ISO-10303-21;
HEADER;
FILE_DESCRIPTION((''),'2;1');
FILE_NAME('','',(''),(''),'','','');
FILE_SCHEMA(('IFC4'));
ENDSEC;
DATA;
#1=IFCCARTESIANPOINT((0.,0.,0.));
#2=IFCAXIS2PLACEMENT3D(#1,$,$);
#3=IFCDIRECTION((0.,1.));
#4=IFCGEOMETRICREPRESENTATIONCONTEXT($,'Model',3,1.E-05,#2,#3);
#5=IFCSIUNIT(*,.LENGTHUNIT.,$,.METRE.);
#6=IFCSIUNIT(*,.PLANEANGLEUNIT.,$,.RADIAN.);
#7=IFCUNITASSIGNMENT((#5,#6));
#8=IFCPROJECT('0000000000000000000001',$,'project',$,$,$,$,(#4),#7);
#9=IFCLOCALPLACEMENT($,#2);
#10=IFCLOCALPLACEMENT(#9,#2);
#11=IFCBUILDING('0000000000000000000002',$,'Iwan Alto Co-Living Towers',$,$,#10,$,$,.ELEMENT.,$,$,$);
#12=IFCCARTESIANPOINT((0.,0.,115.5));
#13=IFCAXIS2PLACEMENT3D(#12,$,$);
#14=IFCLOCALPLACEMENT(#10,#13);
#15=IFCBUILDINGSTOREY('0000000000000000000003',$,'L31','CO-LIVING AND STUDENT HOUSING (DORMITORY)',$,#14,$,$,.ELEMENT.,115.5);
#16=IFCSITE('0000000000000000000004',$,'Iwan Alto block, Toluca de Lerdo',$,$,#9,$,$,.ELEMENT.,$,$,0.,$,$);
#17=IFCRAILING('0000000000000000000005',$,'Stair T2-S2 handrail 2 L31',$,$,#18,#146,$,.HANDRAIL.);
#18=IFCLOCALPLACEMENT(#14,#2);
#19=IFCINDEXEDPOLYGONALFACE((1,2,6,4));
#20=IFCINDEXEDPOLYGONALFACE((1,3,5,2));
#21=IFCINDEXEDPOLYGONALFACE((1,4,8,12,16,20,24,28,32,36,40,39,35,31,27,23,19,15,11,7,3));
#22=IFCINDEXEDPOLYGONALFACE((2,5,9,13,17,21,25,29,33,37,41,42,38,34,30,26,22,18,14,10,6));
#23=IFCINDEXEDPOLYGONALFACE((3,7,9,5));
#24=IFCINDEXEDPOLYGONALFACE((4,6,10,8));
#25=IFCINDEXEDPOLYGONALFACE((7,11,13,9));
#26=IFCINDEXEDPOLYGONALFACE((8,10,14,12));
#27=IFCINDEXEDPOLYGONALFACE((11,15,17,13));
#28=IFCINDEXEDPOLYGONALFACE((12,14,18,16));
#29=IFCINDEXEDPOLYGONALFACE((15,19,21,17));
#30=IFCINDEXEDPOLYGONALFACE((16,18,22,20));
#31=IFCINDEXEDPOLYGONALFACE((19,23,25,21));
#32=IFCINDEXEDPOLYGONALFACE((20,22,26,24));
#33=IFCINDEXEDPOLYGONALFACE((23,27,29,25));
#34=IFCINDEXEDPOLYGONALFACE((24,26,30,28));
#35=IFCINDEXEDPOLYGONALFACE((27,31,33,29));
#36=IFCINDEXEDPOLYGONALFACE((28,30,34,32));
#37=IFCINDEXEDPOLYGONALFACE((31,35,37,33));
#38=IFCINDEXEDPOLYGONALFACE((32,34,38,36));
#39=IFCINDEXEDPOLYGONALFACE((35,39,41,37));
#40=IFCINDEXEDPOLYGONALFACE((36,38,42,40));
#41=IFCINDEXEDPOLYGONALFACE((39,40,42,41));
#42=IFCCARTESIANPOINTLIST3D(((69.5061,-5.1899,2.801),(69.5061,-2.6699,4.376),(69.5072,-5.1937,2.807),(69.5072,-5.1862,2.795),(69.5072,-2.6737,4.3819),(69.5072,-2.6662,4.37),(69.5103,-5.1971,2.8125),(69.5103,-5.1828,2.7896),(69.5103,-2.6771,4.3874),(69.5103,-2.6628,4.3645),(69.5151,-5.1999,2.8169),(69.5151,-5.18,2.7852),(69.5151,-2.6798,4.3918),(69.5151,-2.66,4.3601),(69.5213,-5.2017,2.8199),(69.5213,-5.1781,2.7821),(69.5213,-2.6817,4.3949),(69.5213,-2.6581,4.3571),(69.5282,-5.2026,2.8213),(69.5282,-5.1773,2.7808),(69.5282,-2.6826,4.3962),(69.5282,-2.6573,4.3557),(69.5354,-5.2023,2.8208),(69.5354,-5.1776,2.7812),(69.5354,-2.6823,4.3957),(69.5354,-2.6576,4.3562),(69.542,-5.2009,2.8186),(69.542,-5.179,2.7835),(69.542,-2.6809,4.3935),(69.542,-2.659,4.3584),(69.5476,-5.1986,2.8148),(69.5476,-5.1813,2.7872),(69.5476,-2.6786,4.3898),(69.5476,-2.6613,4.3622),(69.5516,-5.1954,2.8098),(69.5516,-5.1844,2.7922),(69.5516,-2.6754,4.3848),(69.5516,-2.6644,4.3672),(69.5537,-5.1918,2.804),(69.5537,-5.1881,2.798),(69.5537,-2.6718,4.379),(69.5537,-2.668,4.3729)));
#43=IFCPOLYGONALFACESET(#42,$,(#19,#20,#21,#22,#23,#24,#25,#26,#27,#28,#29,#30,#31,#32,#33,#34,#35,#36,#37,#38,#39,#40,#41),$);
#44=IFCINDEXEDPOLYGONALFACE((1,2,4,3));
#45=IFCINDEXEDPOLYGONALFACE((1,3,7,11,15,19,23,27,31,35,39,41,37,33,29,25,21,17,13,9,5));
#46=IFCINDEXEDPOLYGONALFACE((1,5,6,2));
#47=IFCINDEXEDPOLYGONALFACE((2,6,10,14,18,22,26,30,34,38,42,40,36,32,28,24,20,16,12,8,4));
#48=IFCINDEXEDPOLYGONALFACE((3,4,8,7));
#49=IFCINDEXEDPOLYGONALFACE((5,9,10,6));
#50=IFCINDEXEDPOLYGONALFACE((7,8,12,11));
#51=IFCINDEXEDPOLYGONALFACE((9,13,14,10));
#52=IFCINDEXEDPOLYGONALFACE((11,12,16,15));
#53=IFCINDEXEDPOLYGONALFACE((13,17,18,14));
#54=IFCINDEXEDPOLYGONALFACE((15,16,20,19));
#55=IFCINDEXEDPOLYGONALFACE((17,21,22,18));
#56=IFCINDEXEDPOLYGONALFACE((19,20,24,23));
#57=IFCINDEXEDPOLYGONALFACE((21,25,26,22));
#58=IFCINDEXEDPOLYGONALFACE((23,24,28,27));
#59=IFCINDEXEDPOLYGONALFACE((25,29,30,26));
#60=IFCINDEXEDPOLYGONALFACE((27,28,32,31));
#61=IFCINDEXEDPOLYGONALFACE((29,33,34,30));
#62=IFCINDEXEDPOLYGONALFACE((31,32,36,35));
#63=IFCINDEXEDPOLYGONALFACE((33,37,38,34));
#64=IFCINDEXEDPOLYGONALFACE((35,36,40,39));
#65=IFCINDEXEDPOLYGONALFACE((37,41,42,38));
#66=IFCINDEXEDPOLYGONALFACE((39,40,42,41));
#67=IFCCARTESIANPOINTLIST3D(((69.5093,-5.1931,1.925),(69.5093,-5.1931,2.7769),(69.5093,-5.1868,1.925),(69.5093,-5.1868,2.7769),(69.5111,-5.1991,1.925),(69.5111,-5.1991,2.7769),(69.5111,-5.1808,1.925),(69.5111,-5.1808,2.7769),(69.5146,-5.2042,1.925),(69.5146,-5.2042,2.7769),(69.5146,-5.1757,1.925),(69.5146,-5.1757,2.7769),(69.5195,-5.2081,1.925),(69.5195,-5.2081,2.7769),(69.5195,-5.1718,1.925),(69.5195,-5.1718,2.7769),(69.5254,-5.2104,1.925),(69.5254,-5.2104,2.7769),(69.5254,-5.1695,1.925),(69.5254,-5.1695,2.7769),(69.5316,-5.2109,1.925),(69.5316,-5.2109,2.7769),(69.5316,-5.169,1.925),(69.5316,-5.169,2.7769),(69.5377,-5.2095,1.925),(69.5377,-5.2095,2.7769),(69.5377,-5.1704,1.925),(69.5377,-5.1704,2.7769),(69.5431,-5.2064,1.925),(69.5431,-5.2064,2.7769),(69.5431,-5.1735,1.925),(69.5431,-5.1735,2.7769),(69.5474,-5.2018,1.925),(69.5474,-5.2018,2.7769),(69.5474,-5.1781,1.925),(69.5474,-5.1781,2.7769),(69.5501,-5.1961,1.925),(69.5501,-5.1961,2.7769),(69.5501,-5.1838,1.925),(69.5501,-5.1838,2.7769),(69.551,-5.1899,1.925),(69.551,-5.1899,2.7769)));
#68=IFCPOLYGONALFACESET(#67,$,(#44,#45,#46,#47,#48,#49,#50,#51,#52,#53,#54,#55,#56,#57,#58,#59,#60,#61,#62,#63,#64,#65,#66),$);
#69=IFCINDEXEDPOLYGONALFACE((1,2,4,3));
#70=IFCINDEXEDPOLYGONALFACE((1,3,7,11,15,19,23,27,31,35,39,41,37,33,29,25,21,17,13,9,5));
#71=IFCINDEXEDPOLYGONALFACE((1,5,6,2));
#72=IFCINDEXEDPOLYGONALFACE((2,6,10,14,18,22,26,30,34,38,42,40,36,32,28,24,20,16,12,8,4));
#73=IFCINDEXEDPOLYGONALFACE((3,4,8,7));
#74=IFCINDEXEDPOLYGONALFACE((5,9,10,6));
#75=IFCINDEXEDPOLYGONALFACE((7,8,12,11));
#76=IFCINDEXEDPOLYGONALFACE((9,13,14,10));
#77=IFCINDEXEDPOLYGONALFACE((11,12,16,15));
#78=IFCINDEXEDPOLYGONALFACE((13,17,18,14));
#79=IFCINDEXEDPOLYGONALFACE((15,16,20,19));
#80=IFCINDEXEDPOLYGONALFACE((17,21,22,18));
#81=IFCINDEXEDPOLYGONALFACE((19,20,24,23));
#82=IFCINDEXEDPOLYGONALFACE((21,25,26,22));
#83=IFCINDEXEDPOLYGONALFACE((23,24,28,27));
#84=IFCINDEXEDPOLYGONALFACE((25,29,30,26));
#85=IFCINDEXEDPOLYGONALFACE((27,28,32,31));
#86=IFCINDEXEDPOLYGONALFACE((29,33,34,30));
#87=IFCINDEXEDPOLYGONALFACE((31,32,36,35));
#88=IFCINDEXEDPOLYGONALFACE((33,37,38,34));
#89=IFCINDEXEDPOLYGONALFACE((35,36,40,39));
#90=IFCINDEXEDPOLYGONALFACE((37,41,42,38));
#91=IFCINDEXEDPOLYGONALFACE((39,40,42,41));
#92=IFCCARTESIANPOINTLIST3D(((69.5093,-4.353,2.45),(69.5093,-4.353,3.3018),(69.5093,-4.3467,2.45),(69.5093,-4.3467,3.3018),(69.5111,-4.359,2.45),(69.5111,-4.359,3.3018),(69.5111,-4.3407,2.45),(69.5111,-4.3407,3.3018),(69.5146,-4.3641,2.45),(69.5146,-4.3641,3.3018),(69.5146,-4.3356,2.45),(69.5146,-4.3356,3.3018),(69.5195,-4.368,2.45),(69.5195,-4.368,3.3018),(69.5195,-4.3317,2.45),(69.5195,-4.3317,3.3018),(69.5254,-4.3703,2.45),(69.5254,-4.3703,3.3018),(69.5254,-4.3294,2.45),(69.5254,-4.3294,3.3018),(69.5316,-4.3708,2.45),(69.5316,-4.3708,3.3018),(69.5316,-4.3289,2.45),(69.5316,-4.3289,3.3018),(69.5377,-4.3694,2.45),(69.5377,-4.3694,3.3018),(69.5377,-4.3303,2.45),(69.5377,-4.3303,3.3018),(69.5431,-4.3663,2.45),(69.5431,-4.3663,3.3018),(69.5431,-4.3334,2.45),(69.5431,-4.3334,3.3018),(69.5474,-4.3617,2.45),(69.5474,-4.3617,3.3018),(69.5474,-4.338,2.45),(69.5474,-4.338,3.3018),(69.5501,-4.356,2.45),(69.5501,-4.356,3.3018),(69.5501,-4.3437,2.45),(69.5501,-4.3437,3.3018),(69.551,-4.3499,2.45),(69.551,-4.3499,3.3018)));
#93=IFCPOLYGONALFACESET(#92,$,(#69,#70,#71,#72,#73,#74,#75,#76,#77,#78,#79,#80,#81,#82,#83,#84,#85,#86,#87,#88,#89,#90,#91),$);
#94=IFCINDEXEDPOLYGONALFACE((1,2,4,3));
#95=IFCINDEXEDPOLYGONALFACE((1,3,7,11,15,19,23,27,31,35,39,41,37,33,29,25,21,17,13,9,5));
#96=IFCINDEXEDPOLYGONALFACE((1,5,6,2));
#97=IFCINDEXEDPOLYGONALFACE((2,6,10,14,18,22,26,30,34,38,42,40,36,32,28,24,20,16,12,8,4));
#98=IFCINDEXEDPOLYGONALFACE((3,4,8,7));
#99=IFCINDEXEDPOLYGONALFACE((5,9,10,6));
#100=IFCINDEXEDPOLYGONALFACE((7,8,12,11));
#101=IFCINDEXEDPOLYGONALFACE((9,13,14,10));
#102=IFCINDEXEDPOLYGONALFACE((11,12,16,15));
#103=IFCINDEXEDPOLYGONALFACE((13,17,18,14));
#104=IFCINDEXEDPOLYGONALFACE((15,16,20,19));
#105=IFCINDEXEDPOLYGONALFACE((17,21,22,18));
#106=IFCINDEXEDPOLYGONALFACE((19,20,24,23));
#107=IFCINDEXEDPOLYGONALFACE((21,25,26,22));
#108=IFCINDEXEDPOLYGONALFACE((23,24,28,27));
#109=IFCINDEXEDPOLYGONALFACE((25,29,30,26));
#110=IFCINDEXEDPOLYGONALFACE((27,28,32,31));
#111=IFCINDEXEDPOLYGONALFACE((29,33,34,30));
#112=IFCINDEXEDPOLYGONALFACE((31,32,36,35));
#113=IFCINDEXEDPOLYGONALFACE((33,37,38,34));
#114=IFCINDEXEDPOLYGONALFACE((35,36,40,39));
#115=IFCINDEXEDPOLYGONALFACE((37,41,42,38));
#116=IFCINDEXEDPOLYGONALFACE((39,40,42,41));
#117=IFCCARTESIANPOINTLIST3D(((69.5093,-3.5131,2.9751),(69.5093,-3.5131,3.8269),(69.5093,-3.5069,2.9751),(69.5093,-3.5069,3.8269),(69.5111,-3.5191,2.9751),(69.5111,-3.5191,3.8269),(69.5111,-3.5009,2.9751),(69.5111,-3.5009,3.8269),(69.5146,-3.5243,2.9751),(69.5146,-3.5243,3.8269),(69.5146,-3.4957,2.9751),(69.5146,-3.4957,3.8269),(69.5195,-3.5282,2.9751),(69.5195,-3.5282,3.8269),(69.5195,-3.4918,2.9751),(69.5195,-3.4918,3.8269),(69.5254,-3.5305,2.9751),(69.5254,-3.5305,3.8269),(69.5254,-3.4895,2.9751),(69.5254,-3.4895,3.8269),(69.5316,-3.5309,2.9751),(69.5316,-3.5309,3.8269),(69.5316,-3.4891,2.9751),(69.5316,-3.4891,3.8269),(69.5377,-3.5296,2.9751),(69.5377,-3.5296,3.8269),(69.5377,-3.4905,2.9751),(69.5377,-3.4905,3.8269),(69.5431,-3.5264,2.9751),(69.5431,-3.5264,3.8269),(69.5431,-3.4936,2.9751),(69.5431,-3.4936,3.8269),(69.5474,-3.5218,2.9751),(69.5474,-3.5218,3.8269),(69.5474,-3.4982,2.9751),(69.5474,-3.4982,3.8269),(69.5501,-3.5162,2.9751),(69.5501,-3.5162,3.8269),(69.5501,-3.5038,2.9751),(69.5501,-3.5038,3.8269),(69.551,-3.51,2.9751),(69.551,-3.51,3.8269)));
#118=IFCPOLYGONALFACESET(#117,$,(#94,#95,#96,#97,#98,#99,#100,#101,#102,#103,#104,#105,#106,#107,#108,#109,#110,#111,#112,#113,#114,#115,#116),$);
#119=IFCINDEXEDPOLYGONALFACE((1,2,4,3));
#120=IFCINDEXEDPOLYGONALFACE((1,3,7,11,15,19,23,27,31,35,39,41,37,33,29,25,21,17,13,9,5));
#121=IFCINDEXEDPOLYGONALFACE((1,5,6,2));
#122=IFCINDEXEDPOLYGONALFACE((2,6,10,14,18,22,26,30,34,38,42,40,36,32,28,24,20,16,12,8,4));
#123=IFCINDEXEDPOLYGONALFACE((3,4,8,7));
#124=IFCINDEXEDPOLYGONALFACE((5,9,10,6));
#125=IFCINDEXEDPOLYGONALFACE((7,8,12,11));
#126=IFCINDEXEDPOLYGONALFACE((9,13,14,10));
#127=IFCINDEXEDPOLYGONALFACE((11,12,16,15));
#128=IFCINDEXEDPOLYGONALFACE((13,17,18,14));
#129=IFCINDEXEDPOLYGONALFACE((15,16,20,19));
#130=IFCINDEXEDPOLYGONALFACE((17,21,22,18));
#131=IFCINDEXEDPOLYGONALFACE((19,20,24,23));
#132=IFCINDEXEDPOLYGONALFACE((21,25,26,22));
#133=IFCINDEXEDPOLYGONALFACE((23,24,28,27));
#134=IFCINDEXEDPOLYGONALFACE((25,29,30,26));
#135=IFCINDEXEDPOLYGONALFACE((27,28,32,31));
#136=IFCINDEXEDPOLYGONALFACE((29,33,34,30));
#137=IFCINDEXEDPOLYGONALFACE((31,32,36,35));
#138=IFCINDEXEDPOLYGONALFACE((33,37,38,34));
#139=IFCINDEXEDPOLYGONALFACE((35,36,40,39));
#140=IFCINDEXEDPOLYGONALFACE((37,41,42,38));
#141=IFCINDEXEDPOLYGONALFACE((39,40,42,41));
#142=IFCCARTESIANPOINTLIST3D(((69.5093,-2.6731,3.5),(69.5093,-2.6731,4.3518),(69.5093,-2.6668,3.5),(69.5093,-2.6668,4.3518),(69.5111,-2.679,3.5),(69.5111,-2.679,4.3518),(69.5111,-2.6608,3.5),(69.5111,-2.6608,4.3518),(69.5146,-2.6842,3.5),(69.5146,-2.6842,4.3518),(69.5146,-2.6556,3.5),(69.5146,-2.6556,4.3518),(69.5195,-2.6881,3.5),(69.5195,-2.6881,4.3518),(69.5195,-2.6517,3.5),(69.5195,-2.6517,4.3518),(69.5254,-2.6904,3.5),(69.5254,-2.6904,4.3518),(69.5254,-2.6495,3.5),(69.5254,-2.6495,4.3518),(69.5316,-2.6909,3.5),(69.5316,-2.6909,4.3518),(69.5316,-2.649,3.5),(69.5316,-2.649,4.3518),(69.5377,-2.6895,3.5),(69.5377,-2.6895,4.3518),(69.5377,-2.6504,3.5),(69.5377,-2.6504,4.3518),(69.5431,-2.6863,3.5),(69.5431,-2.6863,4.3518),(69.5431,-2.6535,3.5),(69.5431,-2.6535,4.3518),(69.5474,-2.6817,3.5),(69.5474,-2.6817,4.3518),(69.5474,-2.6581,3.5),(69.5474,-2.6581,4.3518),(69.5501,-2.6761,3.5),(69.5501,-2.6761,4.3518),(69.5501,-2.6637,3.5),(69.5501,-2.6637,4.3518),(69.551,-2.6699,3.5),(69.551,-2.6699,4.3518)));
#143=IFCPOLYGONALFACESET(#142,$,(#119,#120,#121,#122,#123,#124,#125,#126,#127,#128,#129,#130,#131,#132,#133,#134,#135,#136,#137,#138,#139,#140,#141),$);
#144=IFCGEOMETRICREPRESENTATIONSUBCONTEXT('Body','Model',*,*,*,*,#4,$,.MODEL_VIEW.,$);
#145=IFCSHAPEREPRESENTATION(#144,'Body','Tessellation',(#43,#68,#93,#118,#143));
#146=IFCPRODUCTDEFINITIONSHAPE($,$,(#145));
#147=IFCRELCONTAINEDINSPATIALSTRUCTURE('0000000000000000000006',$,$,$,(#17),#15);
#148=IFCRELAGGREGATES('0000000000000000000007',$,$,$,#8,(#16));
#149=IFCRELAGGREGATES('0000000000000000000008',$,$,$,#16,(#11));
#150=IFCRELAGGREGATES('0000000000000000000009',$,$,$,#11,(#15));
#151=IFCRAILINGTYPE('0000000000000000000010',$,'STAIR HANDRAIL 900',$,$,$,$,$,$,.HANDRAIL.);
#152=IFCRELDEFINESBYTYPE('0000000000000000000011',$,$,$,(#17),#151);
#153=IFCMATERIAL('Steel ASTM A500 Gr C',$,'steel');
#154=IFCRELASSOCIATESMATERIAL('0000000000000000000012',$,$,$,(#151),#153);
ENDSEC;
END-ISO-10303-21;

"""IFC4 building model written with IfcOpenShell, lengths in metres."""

from ifc_helpers import new_model, si_unit, direction, frame, origin, origin_2d, place, context, subcontext, project, spatial, circle, extrude, material, type_object, element, save


model = new_model("IFC4")

# Units and contexts
model_context = context("Model", 3, precision=1e-05, world=origin(), true_north=direction((0.0, 1.0)))
body_context = subcontext(model_context, "Body", "Model", "MODEL_VIEW")
ifc_project = project(units=[si_unit("LENGTHUNIT", "METRE"), si_unit("PLANEANGLEUNIT", "RADIAN")], contexts=[model_context])

# Site, building, storey
site_placement = place(None, origin())
site = spatial("IfcSite", under=ifc_project, at=site_placement, Name="Iwan Alto block, Toluca de Lerdo", CompositionType="ELEMENT", RefElevation=0.0)
building_placement = place(site_placement, origin())
building = spatial("IfcBuilding", under=site, at=building_placement, Name="Iwan Alto Co-Living Towers", CompositionType="ELEMENT")
storey_placement = place(building_placement, frame((0.0, 0.0, 115.5)))
storey = spatial("IfcBuildingStorey", under=building, at=storey_placement, Name="L31", Description="CO-LIVING AND STUDENT HOUSING (DORMITORY)", CompositionType="ELEMENT", Elevation=115.5)

# Railing
ifc_material_1 = material(Name="Steel ASTM A500 Gr C", Category="steel")
railing_type_1 = type_object("IfcRailingType", Name="STAIR HANDRAIL 900", PredefinedType="HANDRAIL", material=ifc_material_1)
railing_1_placement = place(storey_placement, frame((69.53, -5.1899, 1.925)))
element("IfcRailing", 1, at=railing_1_placement, inside=storey, type_object=railing_type_1, Name="Stair T2-S2 handrail 2 L31", PredefinedType="HANDRAIL", context=body_context, shape_type="SweptSolid", body=[
    extrude(circle(Radius=0.0239, at=origin_2d()), frame((0.0, 0.0, 0.876), z_axis=(0.0, 0.848008, 0.529984), x_axis=(-1.0, 0.0, 0.0)), (0.0, 0.0, 1.0), 2.9717),
    extrude(circle(Radius=0.021, at=origin_2d()), origin(), (0.0, 0.0, 1.0), 0.8518),
    extrude(circle(Radius=0.021, at=origin_2d()), frame((0.0, 0.8401, 0.5249)), (0.0, 0.0, 1.0), 0.8518),
    extrude(circle(Radius=0.021, at=origin_2d()), frame((0.0, 1.6799, 1.05)), (0.0, 0.0, 1.0), 0.8518),
    extrude(circle(Radius=0.021, at=origin_2d()), frame((0.0, 2.52, 1.575)), (0.0, 0.0, 1.0), 0.8518),
])

save(model, "model.ifc")
